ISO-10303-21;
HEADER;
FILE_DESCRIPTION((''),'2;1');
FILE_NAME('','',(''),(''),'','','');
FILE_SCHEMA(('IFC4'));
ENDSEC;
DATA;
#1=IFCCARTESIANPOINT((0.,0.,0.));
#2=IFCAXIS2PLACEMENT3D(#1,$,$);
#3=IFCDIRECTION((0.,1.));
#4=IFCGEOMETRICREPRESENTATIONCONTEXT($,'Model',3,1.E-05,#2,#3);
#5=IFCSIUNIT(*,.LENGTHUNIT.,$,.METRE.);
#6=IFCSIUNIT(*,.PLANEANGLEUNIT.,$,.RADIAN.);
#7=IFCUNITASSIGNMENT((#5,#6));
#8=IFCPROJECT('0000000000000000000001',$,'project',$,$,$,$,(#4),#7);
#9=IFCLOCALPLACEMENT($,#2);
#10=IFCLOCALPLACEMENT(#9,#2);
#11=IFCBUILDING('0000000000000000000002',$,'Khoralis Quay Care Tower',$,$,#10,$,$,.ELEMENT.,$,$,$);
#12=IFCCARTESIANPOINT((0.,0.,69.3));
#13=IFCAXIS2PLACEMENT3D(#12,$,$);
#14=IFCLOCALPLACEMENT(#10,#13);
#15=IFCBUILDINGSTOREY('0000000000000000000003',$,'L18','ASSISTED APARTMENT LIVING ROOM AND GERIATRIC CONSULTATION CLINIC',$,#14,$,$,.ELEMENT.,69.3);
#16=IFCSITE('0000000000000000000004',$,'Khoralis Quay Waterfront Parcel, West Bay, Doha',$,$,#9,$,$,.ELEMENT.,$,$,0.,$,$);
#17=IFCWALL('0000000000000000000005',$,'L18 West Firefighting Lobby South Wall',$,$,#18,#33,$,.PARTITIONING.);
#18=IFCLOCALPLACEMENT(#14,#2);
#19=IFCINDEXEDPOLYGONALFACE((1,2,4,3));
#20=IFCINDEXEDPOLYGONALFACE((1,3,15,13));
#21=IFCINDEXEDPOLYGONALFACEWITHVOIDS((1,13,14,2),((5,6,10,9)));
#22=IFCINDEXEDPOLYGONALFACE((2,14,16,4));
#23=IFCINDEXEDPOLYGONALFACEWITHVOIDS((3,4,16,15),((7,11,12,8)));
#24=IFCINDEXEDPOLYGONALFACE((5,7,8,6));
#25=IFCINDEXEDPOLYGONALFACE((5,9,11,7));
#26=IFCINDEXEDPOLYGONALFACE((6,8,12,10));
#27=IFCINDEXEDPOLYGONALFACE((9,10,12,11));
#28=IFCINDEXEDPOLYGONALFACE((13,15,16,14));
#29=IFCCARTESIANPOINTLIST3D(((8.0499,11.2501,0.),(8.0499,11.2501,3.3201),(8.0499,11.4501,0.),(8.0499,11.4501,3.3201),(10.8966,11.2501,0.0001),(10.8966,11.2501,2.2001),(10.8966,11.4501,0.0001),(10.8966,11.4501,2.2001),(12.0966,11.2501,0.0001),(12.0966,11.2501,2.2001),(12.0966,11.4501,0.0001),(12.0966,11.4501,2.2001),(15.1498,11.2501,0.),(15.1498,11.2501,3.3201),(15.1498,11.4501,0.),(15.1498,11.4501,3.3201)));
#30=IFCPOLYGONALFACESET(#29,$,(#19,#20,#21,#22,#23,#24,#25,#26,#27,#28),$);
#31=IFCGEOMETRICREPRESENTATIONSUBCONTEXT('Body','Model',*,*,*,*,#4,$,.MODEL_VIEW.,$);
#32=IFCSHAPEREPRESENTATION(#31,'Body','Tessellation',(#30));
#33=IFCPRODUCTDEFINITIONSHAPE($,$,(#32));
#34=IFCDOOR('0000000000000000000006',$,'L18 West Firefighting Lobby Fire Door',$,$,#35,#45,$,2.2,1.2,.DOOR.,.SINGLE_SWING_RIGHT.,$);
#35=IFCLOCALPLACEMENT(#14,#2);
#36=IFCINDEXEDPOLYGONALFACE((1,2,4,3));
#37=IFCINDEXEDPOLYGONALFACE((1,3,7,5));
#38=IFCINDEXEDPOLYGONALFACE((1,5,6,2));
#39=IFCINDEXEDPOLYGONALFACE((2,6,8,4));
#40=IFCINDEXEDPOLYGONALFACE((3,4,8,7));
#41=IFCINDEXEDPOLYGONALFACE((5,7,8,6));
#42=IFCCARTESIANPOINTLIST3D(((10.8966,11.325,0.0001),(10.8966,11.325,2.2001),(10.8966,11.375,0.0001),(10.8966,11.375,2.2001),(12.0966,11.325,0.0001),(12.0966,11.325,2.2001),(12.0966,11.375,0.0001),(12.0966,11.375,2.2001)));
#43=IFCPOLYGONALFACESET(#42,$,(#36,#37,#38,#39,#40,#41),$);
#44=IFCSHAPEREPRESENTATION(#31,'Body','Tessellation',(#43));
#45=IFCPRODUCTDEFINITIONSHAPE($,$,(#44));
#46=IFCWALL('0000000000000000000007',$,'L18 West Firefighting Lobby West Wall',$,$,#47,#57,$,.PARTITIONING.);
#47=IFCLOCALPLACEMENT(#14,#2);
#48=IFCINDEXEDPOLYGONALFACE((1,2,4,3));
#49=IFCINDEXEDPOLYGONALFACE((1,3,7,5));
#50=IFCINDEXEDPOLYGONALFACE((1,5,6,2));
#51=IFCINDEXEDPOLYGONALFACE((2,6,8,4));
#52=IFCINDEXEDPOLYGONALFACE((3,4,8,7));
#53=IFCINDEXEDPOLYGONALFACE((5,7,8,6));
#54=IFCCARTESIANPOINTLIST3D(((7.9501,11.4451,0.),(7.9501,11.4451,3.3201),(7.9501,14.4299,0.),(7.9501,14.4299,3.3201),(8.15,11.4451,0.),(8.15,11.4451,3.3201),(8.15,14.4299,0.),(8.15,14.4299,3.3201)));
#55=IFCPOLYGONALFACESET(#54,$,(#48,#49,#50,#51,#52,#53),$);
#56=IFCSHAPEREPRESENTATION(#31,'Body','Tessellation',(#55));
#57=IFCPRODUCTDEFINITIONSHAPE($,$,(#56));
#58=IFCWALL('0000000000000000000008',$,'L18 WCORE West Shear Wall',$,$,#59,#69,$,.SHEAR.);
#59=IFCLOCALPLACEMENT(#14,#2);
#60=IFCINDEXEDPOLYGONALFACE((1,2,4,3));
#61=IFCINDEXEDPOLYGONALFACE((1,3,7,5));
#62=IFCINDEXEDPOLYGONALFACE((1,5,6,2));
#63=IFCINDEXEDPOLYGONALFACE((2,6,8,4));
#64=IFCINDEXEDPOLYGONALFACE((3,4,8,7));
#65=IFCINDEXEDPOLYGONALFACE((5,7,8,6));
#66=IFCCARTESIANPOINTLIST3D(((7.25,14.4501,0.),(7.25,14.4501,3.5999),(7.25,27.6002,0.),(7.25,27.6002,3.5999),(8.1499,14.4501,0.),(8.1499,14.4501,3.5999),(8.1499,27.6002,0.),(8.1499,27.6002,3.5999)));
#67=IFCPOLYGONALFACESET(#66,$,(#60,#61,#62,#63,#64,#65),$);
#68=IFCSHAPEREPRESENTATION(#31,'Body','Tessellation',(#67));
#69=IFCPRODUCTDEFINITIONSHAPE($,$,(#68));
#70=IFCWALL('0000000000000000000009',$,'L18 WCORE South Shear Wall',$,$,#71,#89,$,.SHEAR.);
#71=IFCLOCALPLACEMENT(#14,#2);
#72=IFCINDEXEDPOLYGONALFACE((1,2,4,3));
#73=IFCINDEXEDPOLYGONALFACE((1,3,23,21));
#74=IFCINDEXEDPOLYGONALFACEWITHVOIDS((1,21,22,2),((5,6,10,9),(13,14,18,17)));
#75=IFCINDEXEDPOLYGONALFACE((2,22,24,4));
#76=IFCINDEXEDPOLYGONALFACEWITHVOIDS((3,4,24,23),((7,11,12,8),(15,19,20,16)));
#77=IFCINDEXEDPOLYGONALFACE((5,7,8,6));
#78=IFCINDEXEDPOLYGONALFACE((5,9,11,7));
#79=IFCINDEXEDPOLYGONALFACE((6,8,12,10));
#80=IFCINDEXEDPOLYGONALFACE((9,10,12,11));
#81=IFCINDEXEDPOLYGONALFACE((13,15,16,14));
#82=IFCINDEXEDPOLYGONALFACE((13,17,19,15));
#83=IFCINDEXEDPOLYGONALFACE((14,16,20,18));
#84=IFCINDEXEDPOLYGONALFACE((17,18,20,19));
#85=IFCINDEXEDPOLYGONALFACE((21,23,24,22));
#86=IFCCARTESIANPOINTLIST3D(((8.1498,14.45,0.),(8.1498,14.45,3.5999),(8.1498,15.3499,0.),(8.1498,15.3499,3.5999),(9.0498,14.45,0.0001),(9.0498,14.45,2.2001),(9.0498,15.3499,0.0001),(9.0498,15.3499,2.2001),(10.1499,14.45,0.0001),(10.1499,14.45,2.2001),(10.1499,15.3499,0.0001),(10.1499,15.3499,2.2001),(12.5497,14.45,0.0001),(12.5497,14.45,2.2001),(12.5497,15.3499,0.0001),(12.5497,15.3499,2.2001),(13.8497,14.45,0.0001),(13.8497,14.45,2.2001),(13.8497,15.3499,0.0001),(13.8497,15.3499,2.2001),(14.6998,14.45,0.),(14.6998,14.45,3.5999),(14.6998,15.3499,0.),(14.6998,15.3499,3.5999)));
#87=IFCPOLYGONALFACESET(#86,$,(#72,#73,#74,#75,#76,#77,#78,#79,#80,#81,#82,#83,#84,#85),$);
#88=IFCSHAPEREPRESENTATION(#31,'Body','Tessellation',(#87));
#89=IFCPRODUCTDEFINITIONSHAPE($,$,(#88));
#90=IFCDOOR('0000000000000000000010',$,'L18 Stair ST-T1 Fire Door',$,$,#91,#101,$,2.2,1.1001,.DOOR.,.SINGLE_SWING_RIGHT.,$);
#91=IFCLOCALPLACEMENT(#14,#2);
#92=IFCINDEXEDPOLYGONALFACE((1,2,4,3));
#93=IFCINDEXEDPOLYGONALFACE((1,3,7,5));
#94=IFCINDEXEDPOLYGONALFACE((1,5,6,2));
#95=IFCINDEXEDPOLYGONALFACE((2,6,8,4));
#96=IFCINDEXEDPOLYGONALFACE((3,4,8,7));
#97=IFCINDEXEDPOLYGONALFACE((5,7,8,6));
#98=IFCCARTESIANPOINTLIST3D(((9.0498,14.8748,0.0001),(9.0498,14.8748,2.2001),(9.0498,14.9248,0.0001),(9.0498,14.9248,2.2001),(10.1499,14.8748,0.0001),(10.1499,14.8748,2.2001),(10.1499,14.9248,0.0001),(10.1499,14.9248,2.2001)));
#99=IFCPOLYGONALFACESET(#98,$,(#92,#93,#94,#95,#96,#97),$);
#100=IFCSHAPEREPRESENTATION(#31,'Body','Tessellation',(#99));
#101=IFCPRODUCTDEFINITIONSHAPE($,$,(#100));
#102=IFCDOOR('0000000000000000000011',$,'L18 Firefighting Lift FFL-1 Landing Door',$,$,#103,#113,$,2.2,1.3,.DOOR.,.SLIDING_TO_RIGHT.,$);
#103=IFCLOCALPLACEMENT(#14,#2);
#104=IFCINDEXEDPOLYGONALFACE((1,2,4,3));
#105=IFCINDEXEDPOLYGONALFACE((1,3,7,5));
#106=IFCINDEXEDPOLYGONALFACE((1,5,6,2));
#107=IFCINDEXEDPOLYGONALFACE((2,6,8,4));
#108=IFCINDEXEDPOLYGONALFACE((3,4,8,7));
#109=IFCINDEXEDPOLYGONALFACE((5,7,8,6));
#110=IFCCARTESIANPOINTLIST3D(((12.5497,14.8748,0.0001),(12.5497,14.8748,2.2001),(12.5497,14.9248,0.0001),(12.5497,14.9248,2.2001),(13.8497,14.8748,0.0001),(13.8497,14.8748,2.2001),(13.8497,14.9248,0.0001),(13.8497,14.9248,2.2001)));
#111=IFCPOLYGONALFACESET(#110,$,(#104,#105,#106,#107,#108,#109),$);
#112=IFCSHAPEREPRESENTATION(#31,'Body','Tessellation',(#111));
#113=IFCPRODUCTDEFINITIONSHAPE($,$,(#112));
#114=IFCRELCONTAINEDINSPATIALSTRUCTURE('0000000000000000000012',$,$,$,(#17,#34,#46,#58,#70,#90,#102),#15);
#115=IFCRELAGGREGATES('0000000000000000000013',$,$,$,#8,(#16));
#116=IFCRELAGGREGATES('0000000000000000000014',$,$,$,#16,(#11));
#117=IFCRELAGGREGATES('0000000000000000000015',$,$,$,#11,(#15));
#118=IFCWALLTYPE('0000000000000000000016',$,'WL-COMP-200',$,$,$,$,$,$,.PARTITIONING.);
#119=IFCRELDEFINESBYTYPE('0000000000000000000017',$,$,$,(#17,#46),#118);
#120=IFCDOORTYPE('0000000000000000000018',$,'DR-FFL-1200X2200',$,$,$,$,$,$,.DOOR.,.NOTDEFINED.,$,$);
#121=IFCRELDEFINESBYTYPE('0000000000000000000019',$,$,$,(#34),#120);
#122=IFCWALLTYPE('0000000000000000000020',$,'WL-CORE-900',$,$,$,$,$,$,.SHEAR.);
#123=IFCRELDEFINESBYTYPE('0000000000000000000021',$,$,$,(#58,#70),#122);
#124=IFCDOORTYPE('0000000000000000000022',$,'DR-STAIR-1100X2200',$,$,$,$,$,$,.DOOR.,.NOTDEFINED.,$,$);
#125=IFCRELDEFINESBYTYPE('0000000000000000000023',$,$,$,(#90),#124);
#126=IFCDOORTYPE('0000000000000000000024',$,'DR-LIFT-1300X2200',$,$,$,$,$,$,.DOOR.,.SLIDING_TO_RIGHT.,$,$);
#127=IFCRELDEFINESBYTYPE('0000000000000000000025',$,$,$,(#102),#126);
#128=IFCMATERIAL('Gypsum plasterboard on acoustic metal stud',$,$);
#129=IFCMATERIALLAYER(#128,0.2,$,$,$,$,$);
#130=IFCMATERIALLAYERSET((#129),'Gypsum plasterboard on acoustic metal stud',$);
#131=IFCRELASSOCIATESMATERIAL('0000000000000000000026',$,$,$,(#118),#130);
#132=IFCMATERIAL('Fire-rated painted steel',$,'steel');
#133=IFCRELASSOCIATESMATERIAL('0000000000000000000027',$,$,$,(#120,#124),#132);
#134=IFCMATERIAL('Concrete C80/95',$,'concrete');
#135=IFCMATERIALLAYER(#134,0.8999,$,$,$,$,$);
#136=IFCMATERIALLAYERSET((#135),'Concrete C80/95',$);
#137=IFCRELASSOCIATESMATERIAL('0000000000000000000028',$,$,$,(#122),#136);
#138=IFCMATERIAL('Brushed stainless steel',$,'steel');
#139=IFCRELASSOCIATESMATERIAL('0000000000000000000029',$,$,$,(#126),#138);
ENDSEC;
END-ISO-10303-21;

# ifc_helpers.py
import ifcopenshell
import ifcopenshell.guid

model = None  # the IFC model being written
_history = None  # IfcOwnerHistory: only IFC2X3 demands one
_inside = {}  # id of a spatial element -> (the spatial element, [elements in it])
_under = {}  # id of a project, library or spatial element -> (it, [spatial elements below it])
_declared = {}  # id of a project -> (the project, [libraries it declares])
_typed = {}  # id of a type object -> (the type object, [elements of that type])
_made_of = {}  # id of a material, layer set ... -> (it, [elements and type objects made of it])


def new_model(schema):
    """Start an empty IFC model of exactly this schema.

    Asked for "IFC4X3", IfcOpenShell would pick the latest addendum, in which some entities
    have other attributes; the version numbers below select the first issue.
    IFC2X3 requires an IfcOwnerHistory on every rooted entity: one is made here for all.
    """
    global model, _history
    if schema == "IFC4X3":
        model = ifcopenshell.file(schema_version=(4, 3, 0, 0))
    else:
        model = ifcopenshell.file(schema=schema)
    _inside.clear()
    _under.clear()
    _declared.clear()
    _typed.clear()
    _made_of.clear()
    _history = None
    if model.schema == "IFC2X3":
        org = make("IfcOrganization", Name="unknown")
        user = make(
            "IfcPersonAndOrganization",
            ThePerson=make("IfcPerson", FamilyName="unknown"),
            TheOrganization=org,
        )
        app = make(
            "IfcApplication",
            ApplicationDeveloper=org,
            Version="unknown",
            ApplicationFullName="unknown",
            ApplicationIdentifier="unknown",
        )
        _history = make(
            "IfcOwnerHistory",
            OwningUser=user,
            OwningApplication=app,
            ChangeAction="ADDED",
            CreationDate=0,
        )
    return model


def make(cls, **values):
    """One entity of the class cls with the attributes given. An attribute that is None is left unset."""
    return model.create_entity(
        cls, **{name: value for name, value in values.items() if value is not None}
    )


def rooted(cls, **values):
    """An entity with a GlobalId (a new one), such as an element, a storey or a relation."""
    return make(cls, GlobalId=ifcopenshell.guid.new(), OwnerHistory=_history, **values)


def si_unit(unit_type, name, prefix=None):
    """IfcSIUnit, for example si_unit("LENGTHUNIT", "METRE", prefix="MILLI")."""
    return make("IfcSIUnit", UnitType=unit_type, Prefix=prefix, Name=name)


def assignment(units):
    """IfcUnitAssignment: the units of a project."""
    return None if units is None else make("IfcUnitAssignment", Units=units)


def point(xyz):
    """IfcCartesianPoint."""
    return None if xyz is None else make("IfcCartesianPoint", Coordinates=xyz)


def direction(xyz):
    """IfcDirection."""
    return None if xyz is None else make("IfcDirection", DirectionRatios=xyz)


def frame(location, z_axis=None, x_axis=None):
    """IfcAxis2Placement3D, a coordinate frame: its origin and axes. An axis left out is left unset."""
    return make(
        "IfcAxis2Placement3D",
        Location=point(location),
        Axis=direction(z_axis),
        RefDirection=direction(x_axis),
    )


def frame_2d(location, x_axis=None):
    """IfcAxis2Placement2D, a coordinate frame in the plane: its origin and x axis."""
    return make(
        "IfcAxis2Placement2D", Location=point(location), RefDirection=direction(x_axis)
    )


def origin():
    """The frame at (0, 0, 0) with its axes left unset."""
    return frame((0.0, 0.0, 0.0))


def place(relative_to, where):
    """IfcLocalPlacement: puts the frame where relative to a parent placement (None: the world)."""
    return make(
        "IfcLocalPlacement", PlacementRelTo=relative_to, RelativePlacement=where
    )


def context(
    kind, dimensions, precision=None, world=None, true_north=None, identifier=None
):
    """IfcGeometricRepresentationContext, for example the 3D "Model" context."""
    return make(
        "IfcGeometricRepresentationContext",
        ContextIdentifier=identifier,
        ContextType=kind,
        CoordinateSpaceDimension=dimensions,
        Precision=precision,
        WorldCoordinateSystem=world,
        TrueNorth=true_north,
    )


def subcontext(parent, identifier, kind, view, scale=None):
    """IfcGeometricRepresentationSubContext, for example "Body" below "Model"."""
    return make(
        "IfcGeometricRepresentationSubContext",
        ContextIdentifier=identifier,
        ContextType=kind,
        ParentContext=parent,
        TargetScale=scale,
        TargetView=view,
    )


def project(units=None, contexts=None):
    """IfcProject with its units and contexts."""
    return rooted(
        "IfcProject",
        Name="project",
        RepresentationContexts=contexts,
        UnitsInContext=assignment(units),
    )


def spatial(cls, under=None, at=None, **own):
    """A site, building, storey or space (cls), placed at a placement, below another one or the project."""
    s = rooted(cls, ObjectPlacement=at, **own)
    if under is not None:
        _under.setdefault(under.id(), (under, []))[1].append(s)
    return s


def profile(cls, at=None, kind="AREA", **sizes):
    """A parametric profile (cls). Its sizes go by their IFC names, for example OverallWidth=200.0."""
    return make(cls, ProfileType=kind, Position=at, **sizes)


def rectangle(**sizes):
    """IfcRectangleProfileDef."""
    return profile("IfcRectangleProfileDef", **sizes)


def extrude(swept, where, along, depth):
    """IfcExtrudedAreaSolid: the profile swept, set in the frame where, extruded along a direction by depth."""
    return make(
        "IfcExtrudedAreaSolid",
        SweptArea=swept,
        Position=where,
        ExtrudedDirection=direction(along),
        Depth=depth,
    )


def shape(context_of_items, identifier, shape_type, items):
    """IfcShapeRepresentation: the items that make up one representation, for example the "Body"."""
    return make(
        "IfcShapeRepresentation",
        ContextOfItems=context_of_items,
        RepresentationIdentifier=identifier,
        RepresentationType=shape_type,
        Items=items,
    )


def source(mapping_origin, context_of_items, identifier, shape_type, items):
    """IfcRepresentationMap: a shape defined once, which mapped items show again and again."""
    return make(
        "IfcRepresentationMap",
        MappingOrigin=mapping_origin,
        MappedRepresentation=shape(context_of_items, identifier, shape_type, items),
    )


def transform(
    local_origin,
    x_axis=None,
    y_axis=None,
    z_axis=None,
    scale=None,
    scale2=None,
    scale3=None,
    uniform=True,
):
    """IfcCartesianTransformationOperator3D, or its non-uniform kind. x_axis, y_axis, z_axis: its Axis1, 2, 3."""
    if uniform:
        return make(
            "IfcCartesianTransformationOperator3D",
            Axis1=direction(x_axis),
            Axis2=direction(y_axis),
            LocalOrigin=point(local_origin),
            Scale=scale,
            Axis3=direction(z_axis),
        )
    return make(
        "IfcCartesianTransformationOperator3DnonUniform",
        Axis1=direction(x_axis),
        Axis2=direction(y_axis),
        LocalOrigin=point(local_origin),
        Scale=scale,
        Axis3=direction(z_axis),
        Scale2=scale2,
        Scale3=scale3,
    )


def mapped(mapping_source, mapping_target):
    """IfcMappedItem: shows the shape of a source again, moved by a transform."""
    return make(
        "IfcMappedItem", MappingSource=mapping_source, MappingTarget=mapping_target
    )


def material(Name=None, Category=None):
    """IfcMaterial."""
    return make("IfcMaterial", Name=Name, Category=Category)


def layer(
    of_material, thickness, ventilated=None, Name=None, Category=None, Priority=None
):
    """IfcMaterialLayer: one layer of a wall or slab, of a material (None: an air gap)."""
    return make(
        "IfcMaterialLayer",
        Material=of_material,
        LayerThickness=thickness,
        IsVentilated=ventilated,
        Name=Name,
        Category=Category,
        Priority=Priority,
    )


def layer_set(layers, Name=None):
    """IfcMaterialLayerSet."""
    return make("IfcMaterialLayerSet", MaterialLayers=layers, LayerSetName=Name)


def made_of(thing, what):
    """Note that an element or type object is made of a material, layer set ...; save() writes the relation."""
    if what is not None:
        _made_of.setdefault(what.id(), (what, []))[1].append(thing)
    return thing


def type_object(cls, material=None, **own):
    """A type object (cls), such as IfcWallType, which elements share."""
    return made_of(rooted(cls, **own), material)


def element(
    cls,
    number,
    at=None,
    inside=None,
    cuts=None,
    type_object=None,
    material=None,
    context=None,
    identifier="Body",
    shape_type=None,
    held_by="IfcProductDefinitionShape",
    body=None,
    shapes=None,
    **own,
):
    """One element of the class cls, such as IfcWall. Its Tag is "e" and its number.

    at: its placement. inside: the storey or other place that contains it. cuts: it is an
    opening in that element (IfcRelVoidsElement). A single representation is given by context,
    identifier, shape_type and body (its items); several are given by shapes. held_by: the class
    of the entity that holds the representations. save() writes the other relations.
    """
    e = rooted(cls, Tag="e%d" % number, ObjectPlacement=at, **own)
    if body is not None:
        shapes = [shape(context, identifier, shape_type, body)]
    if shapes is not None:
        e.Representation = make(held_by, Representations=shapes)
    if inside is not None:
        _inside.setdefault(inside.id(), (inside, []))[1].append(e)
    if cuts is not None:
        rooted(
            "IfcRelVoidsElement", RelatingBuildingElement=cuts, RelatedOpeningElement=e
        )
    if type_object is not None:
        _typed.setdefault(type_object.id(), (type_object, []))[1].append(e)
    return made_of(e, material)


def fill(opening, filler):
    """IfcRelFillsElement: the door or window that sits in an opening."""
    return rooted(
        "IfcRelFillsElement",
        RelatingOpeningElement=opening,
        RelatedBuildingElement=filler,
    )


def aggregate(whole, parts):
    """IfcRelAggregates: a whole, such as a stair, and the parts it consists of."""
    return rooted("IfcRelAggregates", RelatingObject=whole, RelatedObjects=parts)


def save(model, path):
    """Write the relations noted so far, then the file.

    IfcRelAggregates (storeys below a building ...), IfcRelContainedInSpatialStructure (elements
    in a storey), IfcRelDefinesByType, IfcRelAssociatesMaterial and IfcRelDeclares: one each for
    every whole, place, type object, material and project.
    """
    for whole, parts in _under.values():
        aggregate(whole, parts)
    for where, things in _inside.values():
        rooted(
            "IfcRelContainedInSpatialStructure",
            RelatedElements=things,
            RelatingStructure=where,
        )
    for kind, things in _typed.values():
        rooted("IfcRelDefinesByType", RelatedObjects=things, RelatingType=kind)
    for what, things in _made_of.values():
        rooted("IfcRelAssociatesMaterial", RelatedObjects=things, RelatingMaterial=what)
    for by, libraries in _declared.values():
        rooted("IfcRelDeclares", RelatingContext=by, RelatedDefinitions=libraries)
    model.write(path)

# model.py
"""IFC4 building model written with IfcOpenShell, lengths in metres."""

from ifc_helpers import new_model, si_unit, direction, frame, frame_2d, origin, place, context, subcontext, project, spatial, rectangle, extrude, source, transform, mapped, material, layer, layer_set, type_object, element, fill, save


model = new_model("IFC4")

# Units and contexts
model_context = context("Model", 3, precision=1e-05, world=origin(), true_north=direction((0.0, 1.0)))
body_context = subcontext(model_context, "Body", "Model", "MODEL_VIEW")
ifc_project = project(units=[si_unit("LENGTHUNIT", "METRE"), si_unit("PLANEANGLEUNIT", "RADIAN")], contexts=[model_context])

# Site, building, storey
site_placement = place(None, origin())
site = spatial("IfcSite", under=ifc_project, at=site_placement, Name="Khoralis Quay Waterfront Parcel, West Bay, Doha", CompositionType="ELEMENT", RefElevation=0.0)
building_placement = place(site_placement, origin())
building = spatial("IfcBuilding", under=site, at=building_placement, Name="Khoralis Quay Care Tower", CompositionType="ELEMENT")
storey_placement = place(building_placement, frame((0.0, 0.0, 69.3)))
storey = spatial("IfcBuildingStorey", under=building, at=storey_placement, Name="L18", Description="ASSISTED APARTMENT LIVING ROOM AND GERIATRIC CONSULTATION CLINIC", CompositionType="ELEMENT", Elevation=69.3)

# Shared definitions
ifc_material_1 = material(Name="Concrete C80/95", Category="concrete")

# Wall, opening, door
ifc_material_2 = material(Name="Gypsum plasterboard on acoustic metal stud")
ifc_layer_1 = layer(ifc_material_2, 0.2)
ifc_layer_set_1 = layer_set([ifc_layer_1], Name="Gypsum plasterboard on acoustic metal stud")
wall_type_1 = type_object("IfcWallType", Name="WL-COMP-200", PredefinedType="PARTITIONING", material=ifc_layer_set_1)
wall_1_placement = place(storey_placement, frame((8.05, 11.3501, 0.0), z_axis=(0.0, 0.0, 1.0), x_axis=(1.0, 0.0, 0.0)))
wall_1 = element("IfcWall", 1, at=wall_1_placement, inside=storey, type_object=wall_type_1, Name="L18 West Firefighting Lobby South Wall", PredefinedType="PARTITIONING", context=body_context, shape_type="SweptSolid", body=[
    extrude(rectangle(XDim=7.0999, YDim=0.2, at=frame_2d((3.5498, 0.0))), origin(), (0.0, 0.0, 1.0), 3.3201),
])
opening_1_placement = place(wall_1_placement, frame((2.8464, 0.0, 0.0)))
opening_1 = element("IfcOpeningElement", 2, at=opening_1_placement, cuts=wall_1, PredefinedType="OPENING", context=body_context, shape_type="SweptSolid", body=[
    extrude(rectangle(XDim=1.2, YDim=2.2, at=frame_2d((0.6001, 1.1001))), frame((0.0, 0.1099, 0.0), z_axis=(0.0, -1.0, 0.0), x_axis=(1.0, 0.0, 0.0)), (0.0, 0.0, 1.0), 0.22),
])
ifc_material_3 = material(Name="Fire-rated painted steel", Category="steel")
door_type_1 = type_object("IfcDoorType", Name="DR-FFL-1200X2200", OperationType="NOTDEFINED", PredefinedType="DOOR", material=ifc_material_3)
shared_shape_1 = source(origin(), body_context, "Body", "SweptSolid", [
    extrude(rectangle(XDim=1.2, YDim=2.2, at=frame_2d((0.6001, 1.1001))), frame((0.0, 0.0249, 0.0), z_axis=(0.0, -1.0, 0.0), x_axis=(1.0, 0.0, 0.0)), (0.0, 0.0, 1.0), 0.05),
])
door_1_placement = place(opening_1_placement, origin())
door_1 = element("IfcDoor", 3, at=door_1_placement, inside=storey, type_object=door_type_1, Name="L18 West Firefighting Lobby Fire Door", OperationType="SINGLE_SWING_RIGHT", OverallHeight=2.2, OverallWidth=1.2, PredefinedType="DOOR", context=body_context, shape_type="MappedRepresentation", body=[
    mapped(shared_shape_1, transform((0.0, 0.0, 0.0), scale=1.0)),
])
fill(opening_1, door_1)

# Walls
wall_2_placement = place(storey_placement, frame((8.05, 11.4451, 0.0), z_axis=(0.0, 0.0, 1.0), x_axis=(0.0, 1.0, 0.0)))
element("IfcWall", 4, at=wall_2_placement, inside=storey, type_object=wall_type_1, Name="L18 West Firefighting Lobby West Wall", PredefinedType="PARTITIONING", context=body_context, shape_type="SweptSolid", body=[
    extrude(rectangle(XDim=2.9849, YDim=0.2, at=frame_2d((1.4924, 0.0))), origin(), (0.0, 0.0, 1.0), 3.3201),
])
ifc_layer_2 = layer(ifc_material_1, 0.8999)
ifc_layer_set_2 = layer_set([ifc_layer_2], Name="Concrete C80/95")
wall_type_2 = type_object("IfcWallType", Name="WL-CORE-900", PredefinedType="SHEAR", material=ifc_layer_set_2)
wall_3_placement = place(storey_placement, frame((7.7, 14.45, 0.0), z_axis=(0.0, 0.0, 1.0), x_axis=(0.0, 1.0, 0.0)))
element("IfcWall", 5, at=wall_3_placement, inside=storey, type_object=wall_type_2, Name="L18 WCORE West Shear Wall", PredefinedType="SHEAR", context=body_context, shape_type="SweptSolid", body=[
    extrude(rectangle(XDim=13.1501, YDim=0.8999, at=frame_2d((6.5752, 0.0))), origin(), (0.0, 0.0, 1.0), 3.5999),
])

# Wall, openings, doors
wall_4_placement = place(storey_placement, frame((8.1499, 14.8999, 0.0), z_axis=(0.0, 0.0, 1.0), x_axis=(1.0, 0.0, 0.0)))
wall_4 = element("IfcWall", 6, at=wall_4_placement, inside=storey, type_object=wall_type_2, Name="L18 WCORE South Shear Wall", PredefinedType="SHEAR", context=body_context, shape_type="SweptSolid", body=[
    extrude(rectangle(XDim=6.55, YDim=0.8999, at=frame_2d((3.2749, 0.0))), origin(), (0.0, 0.0, 1.0), 3.5999),
])
opening_2_placement = place(wall_4_placement, frame((0.8999, 0.0, 0.0)))
opening_2 = element("IfcOpeningElement", 7, at=opening_2_placement, cuts=wall_4, PredefinedType="OPENING", context=body_context, shape_type="SweptSolid", body=[
    extrude(rectangle(XDim=1.1001, YDim=2.2, at=frame_2d((0.55, 1.1001))), frame((0.0, 0.46, 0.0), z_axis=(0.0, -1.0, 0.0), x_axis=(1.0, 0.0, 0.0)), (0.0, 0.0, 1.0), 0.9199),
])
opening_3_placement = place(wall_4_placement, frame((4.3999, 0.0, 0.0)))
opening_3 = element("IfcOpeningElement", 8, at=opening_3_placement, cuts=wall_4, PredefinedType="OPENING", context=body_context, shape_type="SweptSolid", body=[
    extrude(rectangle(XDim=1.3, YDim=2.2, at=frame_2d((0.6499, 1.1001))), frame((0.0, 0.46, 0.0), z_axis=(0.0, -1.0, 0.0), x_axis=(1.0, 0.0, 0.0)), (0.0, 0.0, 1.0), 0.9199),
])
door_type_2 = type_object("IfcDoorType", Name="DR-STAIR-1100X2200", OperationType="NOTDEFINED", PredefinedType="DOOR", material=ifc_material_3)
shared_shape_2 = source(origin(), body_context, "Body", "SweptSolid", [
    extrude(rectangle(XDim=1.1001, YDim=2.2, at=frame_2d((0.55, 1.1001))), frame((0.0, 0.0249, 0.0), z_axis=(0.0, -1.0, 0.0), x_axis=(1.0, 0.0, 0.0)), (0.0, 0.0, 1.0), 0.05),
])
door_2_placement = place(opening_2_placement, origin())
door_2 = element("IfcDoor", 9, at=door_2_placement, inside=storey, type_object=door_type_2, Name="L18 Stair ST-T1 Fire Door", OperationType="SINGLE_SWING_RIGHT", OverallHeight=2.2, OverallWidth=1.1001, PredefinedType="DOOR", context=body_context, shape_type="MappedRepresentation", body=[
    mapped(shared_shape_2, transform((0.0, 0.0, 0.0), scale=1.0)),
])
fill(opening_2, door_2)
ifc_material_4 = material(Name="Brushed stainless steel", Category="steel")
door_type_3 = type_object("IfcDoorType", Name="DR-LIFT-1300X2200", OperationType="SLIDING_TO_RIGHT", PredefinedType="DOOR", material=ifc_material_4)
shared_shape_3 = source(origin(), body_context, "Body", "SweptSolid", [
    extrude(rectangle(XDim=1.3, YDim=2.2, at=frame_2d((0.6499, 1.1001))), frame((0.0, 0.0249, 0.0), z_axis=(0.0, -1.0, 0.0), x_axis=(1.0, 0.0, 0.0)), (0.0, 0.0, 1.0), 0.05),
])
door_3_placement = place(opening_3_placement, origin())
door_3 = element("IfcDoor", 10, at=door_3_placement, inside=storey, type_object=door_type_3, Name="L18 Firefighting Lift FFL-1 Landing Door", OperationType="SLIDING_TO_RIGHT", OverallHeight=2.2, OverallWidth=1.3, PredefinedType="DOOR", context=body_context, shape_type="MappedRepresentation", body=[
    mapped(shared_shape_3, transform((0.0, 0.0, 0.0), scale=1.0)),
])
fill(opening_3, door_3)

save(model, "model.ifc")
